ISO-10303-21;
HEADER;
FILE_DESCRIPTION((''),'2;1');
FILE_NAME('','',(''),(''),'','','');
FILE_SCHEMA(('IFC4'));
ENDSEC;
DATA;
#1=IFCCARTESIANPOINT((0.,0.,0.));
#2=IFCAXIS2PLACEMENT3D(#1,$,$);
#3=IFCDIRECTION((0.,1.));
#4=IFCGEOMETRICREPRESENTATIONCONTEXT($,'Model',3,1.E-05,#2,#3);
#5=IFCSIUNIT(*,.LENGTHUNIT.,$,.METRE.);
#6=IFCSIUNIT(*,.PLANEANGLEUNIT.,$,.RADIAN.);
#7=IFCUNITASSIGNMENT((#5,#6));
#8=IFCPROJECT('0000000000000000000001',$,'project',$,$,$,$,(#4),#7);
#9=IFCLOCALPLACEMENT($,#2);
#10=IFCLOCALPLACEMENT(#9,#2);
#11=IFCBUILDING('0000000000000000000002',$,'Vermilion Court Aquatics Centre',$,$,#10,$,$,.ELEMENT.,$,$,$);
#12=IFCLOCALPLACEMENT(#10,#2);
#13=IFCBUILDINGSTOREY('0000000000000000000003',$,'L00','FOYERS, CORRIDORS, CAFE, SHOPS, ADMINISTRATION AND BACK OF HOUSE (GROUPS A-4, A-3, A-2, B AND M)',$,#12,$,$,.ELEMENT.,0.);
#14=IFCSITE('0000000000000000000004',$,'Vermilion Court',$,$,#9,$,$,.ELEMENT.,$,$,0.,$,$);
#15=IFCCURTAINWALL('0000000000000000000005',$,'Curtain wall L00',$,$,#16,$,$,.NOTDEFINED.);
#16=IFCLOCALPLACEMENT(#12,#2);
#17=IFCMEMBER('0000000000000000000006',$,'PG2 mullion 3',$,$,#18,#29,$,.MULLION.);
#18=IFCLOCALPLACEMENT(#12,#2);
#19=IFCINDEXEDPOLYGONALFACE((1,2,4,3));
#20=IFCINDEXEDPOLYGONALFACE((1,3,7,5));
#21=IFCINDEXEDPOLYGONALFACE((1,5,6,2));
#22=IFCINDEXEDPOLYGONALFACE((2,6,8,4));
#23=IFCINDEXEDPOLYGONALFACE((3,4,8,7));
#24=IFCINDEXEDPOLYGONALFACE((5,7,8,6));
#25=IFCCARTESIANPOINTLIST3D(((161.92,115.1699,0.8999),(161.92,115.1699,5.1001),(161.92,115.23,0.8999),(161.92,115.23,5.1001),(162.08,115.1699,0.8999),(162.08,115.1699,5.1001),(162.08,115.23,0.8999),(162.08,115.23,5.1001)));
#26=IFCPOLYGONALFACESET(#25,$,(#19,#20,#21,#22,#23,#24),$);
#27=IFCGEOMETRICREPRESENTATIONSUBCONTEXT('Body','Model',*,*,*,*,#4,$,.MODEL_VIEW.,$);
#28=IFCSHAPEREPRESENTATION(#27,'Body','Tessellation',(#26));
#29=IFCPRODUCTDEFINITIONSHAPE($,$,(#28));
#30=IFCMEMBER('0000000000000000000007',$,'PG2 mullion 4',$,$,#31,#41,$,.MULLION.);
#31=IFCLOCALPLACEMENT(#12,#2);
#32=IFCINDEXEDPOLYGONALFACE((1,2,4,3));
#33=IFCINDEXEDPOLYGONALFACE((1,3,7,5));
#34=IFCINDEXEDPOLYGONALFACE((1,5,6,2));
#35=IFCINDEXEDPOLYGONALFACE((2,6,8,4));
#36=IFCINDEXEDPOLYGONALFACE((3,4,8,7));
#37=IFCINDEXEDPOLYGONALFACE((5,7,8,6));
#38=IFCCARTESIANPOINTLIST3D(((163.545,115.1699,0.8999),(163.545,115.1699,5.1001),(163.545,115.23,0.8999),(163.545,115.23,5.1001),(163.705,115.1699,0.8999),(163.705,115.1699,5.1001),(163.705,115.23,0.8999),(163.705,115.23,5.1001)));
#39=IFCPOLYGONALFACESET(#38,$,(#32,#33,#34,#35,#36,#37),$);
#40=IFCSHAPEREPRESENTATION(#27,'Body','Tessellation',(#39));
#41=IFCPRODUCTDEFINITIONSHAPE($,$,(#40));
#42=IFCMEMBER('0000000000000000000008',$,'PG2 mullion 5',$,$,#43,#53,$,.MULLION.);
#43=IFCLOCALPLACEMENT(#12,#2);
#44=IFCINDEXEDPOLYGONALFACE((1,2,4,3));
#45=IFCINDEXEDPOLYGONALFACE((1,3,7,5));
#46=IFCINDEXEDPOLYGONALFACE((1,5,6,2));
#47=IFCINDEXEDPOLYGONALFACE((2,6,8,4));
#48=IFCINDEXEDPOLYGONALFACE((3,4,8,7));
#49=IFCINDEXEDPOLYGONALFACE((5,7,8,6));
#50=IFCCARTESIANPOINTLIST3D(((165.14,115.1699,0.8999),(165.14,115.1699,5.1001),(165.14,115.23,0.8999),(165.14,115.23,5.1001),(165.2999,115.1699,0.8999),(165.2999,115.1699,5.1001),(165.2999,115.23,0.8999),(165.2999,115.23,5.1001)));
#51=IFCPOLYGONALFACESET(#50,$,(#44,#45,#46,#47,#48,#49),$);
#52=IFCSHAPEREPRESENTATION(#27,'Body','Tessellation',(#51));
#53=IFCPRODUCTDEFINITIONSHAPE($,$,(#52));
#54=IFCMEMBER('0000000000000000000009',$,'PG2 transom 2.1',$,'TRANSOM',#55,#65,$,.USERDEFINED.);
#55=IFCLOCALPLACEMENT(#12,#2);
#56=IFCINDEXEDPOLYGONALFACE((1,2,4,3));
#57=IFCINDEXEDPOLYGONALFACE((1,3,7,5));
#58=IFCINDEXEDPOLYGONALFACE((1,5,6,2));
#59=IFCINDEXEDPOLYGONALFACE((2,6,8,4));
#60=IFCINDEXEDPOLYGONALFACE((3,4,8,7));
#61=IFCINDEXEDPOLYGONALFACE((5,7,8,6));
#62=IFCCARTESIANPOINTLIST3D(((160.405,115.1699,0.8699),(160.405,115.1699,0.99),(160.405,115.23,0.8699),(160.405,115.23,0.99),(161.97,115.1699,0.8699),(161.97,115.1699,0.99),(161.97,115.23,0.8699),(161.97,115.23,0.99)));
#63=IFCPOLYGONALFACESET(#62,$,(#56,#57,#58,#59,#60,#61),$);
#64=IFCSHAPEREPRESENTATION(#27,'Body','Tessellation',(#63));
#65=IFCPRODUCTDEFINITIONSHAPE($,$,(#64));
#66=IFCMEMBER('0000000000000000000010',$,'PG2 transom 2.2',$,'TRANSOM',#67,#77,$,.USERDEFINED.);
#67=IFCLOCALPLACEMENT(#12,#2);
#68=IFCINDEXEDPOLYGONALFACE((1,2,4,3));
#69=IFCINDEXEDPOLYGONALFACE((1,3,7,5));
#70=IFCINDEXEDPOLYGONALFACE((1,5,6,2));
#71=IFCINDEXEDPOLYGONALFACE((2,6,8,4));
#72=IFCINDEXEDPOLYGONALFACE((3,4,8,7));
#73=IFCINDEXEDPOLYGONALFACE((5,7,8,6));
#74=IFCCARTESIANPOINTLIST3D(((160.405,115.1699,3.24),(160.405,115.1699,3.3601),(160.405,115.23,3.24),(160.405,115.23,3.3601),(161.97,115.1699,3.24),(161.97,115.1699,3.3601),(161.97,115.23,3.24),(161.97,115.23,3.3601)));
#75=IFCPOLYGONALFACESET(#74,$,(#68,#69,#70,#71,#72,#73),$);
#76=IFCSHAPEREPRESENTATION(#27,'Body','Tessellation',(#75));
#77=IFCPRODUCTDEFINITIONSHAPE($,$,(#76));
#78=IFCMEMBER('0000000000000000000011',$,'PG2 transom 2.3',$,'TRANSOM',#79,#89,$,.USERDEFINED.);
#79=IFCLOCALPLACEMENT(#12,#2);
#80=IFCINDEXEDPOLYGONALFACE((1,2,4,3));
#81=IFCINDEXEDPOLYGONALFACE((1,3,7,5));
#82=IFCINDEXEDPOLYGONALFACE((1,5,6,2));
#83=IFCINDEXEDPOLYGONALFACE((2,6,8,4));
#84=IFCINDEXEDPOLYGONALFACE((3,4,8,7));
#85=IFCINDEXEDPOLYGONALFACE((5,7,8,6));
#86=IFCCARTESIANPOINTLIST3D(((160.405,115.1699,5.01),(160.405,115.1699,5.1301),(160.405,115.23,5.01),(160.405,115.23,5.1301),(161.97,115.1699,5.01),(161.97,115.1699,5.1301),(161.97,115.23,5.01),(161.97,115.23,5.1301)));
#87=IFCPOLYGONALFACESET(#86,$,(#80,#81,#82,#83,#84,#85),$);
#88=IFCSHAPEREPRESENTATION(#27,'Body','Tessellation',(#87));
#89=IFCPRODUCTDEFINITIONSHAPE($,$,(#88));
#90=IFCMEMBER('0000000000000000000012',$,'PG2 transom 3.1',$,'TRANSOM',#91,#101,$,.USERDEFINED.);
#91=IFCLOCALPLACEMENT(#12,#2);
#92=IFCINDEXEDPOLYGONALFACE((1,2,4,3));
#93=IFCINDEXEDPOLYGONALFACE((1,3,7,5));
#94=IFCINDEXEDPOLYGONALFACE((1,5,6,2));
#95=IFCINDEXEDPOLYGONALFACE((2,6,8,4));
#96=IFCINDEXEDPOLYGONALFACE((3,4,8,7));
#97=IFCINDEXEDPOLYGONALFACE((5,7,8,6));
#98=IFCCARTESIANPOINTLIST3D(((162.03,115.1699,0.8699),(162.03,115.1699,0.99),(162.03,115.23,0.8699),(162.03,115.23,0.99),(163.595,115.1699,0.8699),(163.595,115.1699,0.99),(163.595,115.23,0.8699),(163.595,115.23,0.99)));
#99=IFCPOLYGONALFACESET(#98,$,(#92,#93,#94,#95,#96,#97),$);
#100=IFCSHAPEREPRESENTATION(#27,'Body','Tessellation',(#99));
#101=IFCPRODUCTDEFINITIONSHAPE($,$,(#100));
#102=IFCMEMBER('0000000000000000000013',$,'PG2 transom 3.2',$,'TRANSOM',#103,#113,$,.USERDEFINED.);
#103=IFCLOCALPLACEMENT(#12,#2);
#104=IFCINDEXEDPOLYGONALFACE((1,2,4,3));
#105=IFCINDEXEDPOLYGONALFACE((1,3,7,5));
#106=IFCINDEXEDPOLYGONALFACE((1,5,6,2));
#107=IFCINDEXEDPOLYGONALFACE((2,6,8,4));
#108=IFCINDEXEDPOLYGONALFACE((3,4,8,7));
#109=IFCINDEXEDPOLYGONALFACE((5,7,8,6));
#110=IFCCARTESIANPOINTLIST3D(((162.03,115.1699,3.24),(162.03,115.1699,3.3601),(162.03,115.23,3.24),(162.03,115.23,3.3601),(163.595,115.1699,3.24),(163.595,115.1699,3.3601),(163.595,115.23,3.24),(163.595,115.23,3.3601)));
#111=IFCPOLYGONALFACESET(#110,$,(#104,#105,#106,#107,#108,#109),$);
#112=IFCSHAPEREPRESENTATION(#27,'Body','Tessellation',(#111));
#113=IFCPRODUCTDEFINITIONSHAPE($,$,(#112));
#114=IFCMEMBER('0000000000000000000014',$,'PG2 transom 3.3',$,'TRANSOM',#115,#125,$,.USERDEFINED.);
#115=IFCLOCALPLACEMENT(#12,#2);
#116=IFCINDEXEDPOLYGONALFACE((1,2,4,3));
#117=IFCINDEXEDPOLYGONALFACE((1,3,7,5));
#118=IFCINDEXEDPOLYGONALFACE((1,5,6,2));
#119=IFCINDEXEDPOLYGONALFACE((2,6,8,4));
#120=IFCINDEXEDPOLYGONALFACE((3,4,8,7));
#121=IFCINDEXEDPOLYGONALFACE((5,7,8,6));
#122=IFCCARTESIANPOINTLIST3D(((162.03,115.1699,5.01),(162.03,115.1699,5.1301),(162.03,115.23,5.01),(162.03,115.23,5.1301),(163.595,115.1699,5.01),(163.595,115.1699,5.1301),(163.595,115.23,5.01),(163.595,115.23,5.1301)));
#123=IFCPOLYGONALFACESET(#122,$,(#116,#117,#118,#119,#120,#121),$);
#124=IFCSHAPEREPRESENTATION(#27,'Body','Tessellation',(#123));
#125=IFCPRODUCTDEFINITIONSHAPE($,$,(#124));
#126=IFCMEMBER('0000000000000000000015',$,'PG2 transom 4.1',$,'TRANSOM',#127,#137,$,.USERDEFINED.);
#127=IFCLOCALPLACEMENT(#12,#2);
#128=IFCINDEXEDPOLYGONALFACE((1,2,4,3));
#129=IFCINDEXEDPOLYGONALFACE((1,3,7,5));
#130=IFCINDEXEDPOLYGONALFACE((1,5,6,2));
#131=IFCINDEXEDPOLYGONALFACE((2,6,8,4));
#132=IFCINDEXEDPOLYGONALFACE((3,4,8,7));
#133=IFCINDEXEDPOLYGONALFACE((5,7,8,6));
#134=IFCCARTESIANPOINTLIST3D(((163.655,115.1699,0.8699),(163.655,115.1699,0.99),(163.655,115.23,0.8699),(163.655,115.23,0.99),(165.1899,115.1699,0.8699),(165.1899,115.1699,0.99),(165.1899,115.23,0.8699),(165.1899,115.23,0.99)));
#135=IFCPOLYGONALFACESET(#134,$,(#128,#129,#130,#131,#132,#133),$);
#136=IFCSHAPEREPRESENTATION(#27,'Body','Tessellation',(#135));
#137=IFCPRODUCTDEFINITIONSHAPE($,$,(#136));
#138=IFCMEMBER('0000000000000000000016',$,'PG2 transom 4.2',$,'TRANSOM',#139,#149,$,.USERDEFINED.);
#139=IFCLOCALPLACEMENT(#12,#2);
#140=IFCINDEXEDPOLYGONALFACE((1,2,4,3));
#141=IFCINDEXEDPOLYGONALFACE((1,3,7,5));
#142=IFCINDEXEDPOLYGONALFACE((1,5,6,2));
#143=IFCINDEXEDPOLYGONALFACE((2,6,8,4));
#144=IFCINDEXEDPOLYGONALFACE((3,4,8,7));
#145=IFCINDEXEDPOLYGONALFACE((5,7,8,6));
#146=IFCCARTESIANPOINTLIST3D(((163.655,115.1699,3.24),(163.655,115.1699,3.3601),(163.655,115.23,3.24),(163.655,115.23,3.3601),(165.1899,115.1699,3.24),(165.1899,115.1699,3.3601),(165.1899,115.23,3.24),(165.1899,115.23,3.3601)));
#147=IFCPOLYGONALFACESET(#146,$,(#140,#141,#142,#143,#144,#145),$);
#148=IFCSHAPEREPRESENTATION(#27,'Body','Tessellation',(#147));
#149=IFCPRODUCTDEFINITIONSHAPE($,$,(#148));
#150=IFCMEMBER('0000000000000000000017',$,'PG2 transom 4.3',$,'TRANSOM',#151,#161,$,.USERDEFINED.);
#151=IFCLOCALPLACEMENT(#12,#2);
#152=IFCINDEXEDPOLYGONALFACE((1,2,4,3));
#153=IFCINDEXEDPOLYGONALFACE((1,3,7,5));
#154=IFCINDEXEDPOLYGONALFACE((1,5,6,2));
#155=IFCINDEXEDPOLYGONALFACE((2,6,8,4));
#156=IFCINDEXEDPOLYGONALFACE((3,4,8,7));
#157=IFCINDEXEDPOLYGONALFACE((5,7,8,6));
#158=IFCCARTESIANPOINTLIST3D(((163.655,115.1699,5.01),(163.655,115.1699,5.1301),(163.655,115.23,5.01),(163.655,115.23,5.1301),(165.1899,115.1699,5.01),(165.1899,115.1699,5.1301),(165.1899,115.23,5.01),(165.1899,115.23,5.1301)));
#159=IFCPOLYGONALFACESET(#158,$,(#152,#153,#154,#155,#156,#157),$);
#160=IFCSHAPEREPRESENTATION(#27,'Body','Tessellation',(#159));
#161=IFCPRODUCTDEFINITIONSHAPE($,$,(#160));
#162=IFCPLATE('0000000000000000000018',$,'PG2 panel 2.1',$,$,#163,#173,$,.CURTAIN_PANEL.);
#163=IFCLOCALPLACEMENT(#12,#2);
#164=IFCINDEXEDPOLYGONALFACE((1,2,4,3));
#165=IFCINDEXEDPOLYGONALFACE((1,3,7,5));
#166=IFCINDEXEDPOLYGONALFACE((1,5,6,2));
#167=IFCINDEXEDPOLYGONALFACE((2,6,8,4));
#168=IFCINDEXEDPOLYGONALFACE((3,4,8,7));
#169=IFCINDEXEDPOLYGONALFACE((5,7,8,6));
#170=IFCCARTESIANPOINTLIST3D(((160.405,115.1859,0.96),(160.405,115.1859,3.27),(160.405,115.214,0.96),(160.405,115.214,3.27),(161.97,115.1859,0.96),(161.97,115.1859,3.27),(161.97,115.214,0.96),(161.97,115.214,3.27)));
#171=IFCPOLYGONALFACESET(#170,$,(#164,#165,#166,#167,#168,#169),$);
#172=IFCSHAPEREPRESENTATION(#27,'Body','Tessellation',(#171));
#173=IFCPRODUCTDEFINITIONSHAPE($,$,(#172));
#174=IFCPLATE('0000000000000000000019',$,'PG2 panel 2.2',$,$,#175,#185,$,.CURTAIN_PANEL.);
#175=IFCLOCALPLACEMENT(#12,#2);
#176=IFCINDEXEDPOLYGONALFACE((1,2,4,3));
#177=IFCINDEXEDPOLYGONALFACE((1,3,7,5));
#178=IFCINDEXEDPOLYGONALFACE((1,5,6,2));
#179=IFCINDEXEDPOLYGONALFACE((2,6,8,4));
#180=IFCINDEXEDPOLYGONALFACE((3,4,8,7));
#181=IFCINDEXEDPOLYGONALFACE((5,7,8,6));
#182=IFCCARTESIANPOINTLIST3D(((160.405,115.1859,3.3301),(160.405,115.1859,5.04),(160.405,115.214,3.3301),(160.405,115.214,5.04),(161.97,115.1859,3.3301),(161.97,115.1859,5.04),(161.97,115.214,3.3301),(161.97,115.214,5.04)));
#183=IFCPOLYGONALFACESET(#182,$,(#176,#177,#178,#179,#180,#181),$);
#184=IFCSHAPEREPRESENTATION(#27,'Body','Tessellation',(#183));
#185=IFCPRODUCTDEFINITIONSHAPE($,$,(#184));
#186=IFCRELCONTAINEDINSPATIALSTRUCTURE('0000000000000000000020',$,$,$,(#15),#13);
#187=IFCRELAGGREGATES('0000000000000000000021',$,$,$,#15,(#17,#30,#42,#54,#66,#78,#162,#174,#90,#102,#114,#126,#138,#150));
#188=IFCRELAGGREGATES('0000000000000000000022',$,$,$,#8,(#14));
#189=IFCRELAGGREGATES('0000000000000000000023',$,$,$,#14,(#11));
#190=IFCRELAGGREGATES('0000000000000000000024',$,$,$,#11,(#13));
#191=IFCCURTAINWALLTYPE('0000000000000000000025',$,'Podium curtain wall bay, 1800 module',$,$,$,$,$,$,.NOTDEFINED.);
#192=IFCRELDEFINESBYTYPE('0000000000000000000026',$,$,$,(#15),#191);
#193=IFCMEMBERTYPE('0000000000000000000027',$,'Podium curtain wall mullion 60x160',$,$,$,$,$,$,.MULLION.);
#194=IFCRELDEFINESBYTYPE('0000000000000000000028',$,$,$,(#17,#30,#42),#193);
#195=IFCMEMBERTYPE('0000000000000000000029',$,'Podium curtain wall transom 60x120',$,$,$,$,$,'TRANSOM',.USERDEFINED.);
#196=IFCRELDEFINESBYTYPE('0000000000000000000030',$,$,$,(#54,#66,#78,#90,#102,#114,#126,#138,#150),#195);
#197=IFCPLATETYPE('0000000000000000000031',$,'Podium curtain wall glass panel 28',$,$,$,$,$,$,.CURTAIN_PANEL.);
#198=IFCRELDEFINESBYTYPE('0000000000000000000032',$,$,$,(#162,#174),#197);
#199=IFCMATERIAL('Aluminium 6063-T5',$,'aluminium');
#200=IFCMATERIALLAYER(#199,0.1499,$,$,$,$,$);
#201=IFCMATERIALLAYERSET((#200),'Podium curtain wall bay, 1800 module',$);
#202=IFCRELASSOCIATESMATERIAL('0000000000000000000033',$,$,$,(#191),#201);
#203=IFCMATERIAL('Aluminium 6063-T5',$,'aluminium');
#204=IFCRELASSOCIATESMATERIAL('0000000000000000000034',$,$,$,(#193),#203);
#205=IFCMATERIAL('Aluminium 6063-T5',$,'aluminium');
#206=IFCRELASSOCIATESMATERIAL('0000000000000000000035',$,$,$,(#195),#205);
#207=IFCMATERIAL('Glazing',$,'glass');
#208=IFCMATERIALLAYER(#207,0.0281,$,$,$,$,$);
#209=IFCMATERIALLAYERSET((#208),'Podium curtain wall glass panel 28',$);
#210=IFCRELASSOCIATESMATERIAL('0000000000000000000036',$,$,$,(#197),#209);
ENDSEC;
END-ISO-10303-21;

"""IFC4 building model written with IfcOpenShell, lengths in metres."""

from ifc_helpers import new_model, si_unit, direction, frame, origin, origin_2d, place, context, subcontext, project, spatial, rectangle, extrude, material, layer, layer_set, material_profile, profile_set, type_object, element, aggregate, save


model = new_model("IFC4")

# Units and contexts
model_context = context("Model", 3, precision=1e-05, world=origin(), true_north=direction((0.0, 1.0)))
body_context = subcontext(model_context, "Body", "Model", "MODEL_VIEW")
ifc_project = project(units=[si_unit("LENGTHUNIT", "METRE"), si_unit("PLANEANGLEUNIT", "RADIAN")], contexts=[model_context])

# Site, building, storey
site_placement = place(None, origin())
site = spatial("IfcSite", under=ifc_project, at=site_placement, Name="Vermilion Court", CompositionType="ELEMENT", RefElevation=0.0)
building_placement = place(site_placement, origin())
building = spatial("IfcBuilding", under=site, at=building_placement, Name="Vermilion Court Aquatics Centre", CompositionType="ELEMENT")
storey_placement = place(building_placement, origin())
storey = spatial("IfcBuildingStorey", under=building, at=storey_placement, Name="L00", Description="FOYERS, CORRIDORS, CAFE, SHOPS, ADMINISTRATION AND BACK OF HOUSE (GROUPS A-4, A-3, A-2, B AND M)", CompositionType="ELEMENT", Elevation=0.0)

# Curtain wall, members, plates
ifc_material_1 = material(Name="Aluminium 6063-T5", Category="aluminium")
ifc_layer_1 = layer(ifc_material_1, 0.1499)
ifc_layer_set_1 = layer_set([ifc_layer_1], Name="Podium curtain wall bay, 1800 module")
curtain_wall_type = type_object("IfcCurtainWallType", Name="Podium curtain wall bay, 1800 module", PredefinedType="NOTDEFINED", material=ifc_layer_set_1)
curtain_wall_placement = place(storey_placement, origin())
curtain_wall = element("IfcCurtainWall", 1, at=curtain_wall_placement, inside=storey, type_object=curtain_wall_type, Name="Curtain wall L00", PredefinedType="NOTDEFINED")
ifc_material_2 = material(Name="Aluminium 6063-T5", Category="aluminium")
ifc_material_profile_1 = material_profile(ifc_material_2, rectangle(XDim=0.0601, YDim=0.1599, at=origin_2d()), Name="Mullion 60x160")
ifc_profile_set_1 = profile_set([ifc_material_profile_1], Name="Aluminium 6063-T5")
member_type_1 = type_object("IfcMemberType", Name="Podium curtain wall mullion 60x160", PredefinedType="MULLION", material=ifc_profile_set_1)
member_1_placement = place(storey_placement, frame((162.0, 115.2, 0.8999), z_axis=(0.0, 0.0, 1.0), x_axis=(0.0, 1.0, 0.0)))
member_1 = element("IfcMember", 2, at=member_1_placement, type_object=member_type_1, Name="PG2 mullion 3", PredefinedType="MULLION", context=body_context, shape_type="SweptSolid", body=[
    extrude(rectangle(XDim=0.0601, YDim=0.1599, at=origin_2d()), origin(), (0.0, 0.0, 1.0), 4.2002),
])
member_2_placement = place(storey_placement, frame((163.625, 115.2, 0.8999), z_axis=(0.0, 0.0, 1.0), x_axis=(0.0, 1.0, 0.0)))
member_2 = element("IfcMember", 3, at=member_2_placement, type_object=member_type_1, Name="PG2 mullion 4", PredefinedType="MULLION", context=body_context, shape_type="SweptSolid", body=[
    extrude(rectangle(XDim=0.0601, YDim=0.1599, at=origin_2d()), origin(), (0.0, 0.0, 1.0), 4.2002),
])
member_3_placement = place(storey_placement, frame((165.22, 115.2, 0.8999), z_axis=(0.0, 0.0, 1.0), x_axis=(0.0, 1.0, 0.0)))
member_3 = element("IfcMember", 4, at=member_3_placement, type_object=member_type_1, Name="PG2 mullion 5", PredefinedType="MULLION", context=body_context, shape_type="SweptSolid", body=[
    extrude(rectangle(XDim=0.0601, YDim=0.1599, at=origin_2d()), origin(), (0.0, 0.0, 1.0), 4.2002),
])
ifc_material_3 = material(Name="Aluminium 6063-T5", Category="aluminium")
ifc_material_profile_2 = material_profile(ifc_material_3, rectangle(XDim=0.0601, YDim=0.1201, at=origin_2d()), Name="Transom 60x120")
ifc_profile_set_2 = profile_set([ifc_material_profile_2], Name="Aluminium 6063-T5")
member_type_2 = type_object("IfcMemberType", Name="Podium curtain wall transom 60x120", ElementType="TRANSOM", PredefinedType="USERDEFINED", material=ifc_profile_set_2)
member_4_placement = place(storey_placement, frame((160.405, 115.2, 0.9299), z_axis=(1.0, 0.0, 0.0), x_axis=(0.0, 1.0, 0.0)))
member_4 = element("IfcMember", 5, at=member_4_placement, type_object=member_type_2, Name="PG2 transom 2.1", ObjectType="TRANSOM", PredefinedType="USERDEFINED", context=body_context, shape_type="SweptSolid", body=[
    extrude(rectangle(XDim=0.0601, YDim=0.1201, at=origin_2d()), origin(), (0.0, 0.0, 1.0), 1.5649),
])
member_5_placement = place(storey_placement, frame((160.405, 115.2, 3.3), z_axis=(1.0, 0.0, 0.0), x_axis=(0.0, 1.0, 0.0)))
member_5 = element("IfcMember", 6, at=member_5_placement, type_object=member_type_2, Name="PG2 transom 2.2", ObjectType="TRANSOM", PredefinedType="USERDEFINED", context=body_context, shape_type="SweptSolid", body=[
    extrude(rectangle(XDim=0.0601, YDim=0.1201, at=origin_2d()), origin(), (0.0, 0.0, 1.0), 1.5649),
])
member_6_placement = place(storey_placement, frame((160.405, 115.2, 5.0701), z_axis=(1.0, 0.0, 0.0), x_axis=(0.0, 1.0, 0.0)))
member_6 = element("IfcMember", 7, at=member_6_placement, type_object=member_type_2, Name="PG2 transom 2.3", ObjectType="TRANSOM", PredefinedType="USERDEFINED", context=body_context, shape_type="SweptSolid", body=[
    extrude(rectangle(XDim=0.0601, YDim=0.1201, at=origin_2d()), origin(), (0.0, 0.0, 1.0), 1.5649),
])
member_7_placement = place(storey_placement, frame((162.03, 115.2, 0.9299), z_axis=(1.0, 0.0, 0.0), x_axis=(0.0, 1.0, 0.0)))
member_7 = element("IfcMember", 8, at=member_7_placement, type_object=member_type_2, Name="PG2 transom 3.1", ObjectType="TRANSOM", PredefinedType="USERDEFINED", context=body_context, shape_type="SweptSolid", body=[
    extrude(rectangle(XDim=0.0601, YDim=0.1201, at=origin_2d()), origin(), (0.0, 0.0, 1.0), 1.5649),
])
member_8_placement = place(storey_placement, frame((162.03, 115.2, 3.3), z_axis=(1.0, 0.0, 0.0), x_axis=(0.0, 1.0, 0.0)))
member_8 = element("IfcMember", 9, at=member_8_placement, type_object=member_type_2, Name="PG2 transom 3.2", ObjectType="TRANSOM", PredefinedType="USERDEFINED", context=body_context, shape_type="SweptSolid", body=[
    extrude(rectangle(XDim=0.0601, YDim=0.1201, at=origin_2d()), origin(), (0.0, 0.0, 1.0), 1.5649),
])
member_9_placement = place(storey_placement, frame((162.03, 115.2, 5.0701), z_axis=(1.0, 0.0, 0.0), x_axis=(0.0, 1.0, 0.0)))
member_9 = element("IfcMember", 10, at=member_9_placement, type_object=member_type_2, Name="PG2 transom 3.3", ObjectType="TRANSOM", PredefinedType="USERDEFINED", context=body_context, shape_type="SweptSolid", body=[
    extrude(rectangle(XDim=0.0601, YDim=0.1201, at=origin_2d()), origin(), (0.0, 0.0, 1.0), 1.5649),
])
member_10_placement = place(storey_placement, frame((163.655, 115.2, 0.9299), z_axis=(1.0, 0.0, 0.0), x_axis=(0.0, 1.0, 0.0)))
member_10 = element("IfcMember", 11, at=member_10_placement, type_object=member_type_2, Name="PG2 transom 4.1", ObjectType="TRANSOM", PredefinedType="USERDEFINED", context=body_context, shape_type="SweptSolid", body=[
    extrude(rectangle(XDim=0.0601, YDim=0.1201, at=origin_2d()), origin(), (0.0, 0.0, 1.0), 1.5349),
])
member_11_placement = place(storey_placement, frame((163.655, 115.2, 3.3), z_axis=(1.0, 0.0, 0.0), x_axis=(0.0, 1.0, 0.0)))
member_11 = element("IfcMember", 12, at=member_11_placement, type_object=member_type_2, Name="PG2 transom 4.2", ObjectType="TRANSOM", PredefinedType="USERDEFINED", context=body_context, shape_type="SweptSolid", body=[
    extrude(rectangle(XDim=0.0601, YDim=0.1201, at=origin_2d()), origin(), (0.0, 0.0, 1.0), 1.5349),
])
member_12_placement = place(storey_placement, frame((163.655, 115.2, 5.0701), z_axis=(1.0, 0.0, 0.0), x_axis=(0.0, 1.0, 0.0)))
member_12 = element("IfcMember", 13, at=member_12_placement, type_object=member_type_2, Name="PG2 transom 4.3", ObjectType="TRANSOM", PredefinedType="USERDEFINED", context=body_context, shape_type="SweptSolid", body=[
    extrude(rectangle(XDim=0.0601, YDim=0.1201, at=origin_2d()), origin(), (0.0, 0.0, 1.0), 1.5349),
])
ifc_material_4 = material(Name="Glazing", Category="glass")
ifc_layer_2 = layer(ifc_material_4, 0.0281)
ifc_layer_set_2 = layer_set([ifc_layer_2], Name="Podium curtain wall glass panel 28")
plate_type = type_object("IfcPlateType", Name="Podium curtain wall glass panel 28", PredefinedType="CURTAIN_PANEL", material=ifc_layer_set_2)
plate_1_placement = place(storey_placement, frame((161.1875, 115.2, 0.96), z_axis=(0.0, 0.0, 1.0), x_axis=(1.0, 0.0, 0.0)))
plate_1 = element("IfcPlate", 14, at=plate_1_placement, type_object=plate_type, Name="PG2 panel 2.1", PredefinedType="CURTAIN_PANEL", context=body_context, shape_type="SweptSolid", body=[
    extrude(rectangle(XDim=1.5649, YDim=0.0281, at=origin_2d()), origin(), (0.0, 0.0, 1.0), 2.3101),
])
plate_2_placement = place(storey_placement, frame((161.1875, 115.2, 3.3301), z_axis=(0.0, 0.0, 1.0), x_axis=(1.0, 0.0, 0.0)))
plate_2 = element("IfcPlate", 15, at=plate_2_placement, type_object=plate_type, Name="PG2 panel 2.2", PredefinedType="CURTAIN_PANEL", context=body_context, shape_type="SweptSolid", body=[
    extrude(rectangle(XDim=1.5649, YDim=0.0281, at=origin_2d()), origin(), (0.0, 0.0, 1.0), 1.71),
])
aggregate(curtain_wall, [member_1, member_2, member_3, member_4, member_5, member_6, plate_1, plate_2, member_7, member_8, member_9, member_10, member_11, member_12])

save(model, "model.ifc")
